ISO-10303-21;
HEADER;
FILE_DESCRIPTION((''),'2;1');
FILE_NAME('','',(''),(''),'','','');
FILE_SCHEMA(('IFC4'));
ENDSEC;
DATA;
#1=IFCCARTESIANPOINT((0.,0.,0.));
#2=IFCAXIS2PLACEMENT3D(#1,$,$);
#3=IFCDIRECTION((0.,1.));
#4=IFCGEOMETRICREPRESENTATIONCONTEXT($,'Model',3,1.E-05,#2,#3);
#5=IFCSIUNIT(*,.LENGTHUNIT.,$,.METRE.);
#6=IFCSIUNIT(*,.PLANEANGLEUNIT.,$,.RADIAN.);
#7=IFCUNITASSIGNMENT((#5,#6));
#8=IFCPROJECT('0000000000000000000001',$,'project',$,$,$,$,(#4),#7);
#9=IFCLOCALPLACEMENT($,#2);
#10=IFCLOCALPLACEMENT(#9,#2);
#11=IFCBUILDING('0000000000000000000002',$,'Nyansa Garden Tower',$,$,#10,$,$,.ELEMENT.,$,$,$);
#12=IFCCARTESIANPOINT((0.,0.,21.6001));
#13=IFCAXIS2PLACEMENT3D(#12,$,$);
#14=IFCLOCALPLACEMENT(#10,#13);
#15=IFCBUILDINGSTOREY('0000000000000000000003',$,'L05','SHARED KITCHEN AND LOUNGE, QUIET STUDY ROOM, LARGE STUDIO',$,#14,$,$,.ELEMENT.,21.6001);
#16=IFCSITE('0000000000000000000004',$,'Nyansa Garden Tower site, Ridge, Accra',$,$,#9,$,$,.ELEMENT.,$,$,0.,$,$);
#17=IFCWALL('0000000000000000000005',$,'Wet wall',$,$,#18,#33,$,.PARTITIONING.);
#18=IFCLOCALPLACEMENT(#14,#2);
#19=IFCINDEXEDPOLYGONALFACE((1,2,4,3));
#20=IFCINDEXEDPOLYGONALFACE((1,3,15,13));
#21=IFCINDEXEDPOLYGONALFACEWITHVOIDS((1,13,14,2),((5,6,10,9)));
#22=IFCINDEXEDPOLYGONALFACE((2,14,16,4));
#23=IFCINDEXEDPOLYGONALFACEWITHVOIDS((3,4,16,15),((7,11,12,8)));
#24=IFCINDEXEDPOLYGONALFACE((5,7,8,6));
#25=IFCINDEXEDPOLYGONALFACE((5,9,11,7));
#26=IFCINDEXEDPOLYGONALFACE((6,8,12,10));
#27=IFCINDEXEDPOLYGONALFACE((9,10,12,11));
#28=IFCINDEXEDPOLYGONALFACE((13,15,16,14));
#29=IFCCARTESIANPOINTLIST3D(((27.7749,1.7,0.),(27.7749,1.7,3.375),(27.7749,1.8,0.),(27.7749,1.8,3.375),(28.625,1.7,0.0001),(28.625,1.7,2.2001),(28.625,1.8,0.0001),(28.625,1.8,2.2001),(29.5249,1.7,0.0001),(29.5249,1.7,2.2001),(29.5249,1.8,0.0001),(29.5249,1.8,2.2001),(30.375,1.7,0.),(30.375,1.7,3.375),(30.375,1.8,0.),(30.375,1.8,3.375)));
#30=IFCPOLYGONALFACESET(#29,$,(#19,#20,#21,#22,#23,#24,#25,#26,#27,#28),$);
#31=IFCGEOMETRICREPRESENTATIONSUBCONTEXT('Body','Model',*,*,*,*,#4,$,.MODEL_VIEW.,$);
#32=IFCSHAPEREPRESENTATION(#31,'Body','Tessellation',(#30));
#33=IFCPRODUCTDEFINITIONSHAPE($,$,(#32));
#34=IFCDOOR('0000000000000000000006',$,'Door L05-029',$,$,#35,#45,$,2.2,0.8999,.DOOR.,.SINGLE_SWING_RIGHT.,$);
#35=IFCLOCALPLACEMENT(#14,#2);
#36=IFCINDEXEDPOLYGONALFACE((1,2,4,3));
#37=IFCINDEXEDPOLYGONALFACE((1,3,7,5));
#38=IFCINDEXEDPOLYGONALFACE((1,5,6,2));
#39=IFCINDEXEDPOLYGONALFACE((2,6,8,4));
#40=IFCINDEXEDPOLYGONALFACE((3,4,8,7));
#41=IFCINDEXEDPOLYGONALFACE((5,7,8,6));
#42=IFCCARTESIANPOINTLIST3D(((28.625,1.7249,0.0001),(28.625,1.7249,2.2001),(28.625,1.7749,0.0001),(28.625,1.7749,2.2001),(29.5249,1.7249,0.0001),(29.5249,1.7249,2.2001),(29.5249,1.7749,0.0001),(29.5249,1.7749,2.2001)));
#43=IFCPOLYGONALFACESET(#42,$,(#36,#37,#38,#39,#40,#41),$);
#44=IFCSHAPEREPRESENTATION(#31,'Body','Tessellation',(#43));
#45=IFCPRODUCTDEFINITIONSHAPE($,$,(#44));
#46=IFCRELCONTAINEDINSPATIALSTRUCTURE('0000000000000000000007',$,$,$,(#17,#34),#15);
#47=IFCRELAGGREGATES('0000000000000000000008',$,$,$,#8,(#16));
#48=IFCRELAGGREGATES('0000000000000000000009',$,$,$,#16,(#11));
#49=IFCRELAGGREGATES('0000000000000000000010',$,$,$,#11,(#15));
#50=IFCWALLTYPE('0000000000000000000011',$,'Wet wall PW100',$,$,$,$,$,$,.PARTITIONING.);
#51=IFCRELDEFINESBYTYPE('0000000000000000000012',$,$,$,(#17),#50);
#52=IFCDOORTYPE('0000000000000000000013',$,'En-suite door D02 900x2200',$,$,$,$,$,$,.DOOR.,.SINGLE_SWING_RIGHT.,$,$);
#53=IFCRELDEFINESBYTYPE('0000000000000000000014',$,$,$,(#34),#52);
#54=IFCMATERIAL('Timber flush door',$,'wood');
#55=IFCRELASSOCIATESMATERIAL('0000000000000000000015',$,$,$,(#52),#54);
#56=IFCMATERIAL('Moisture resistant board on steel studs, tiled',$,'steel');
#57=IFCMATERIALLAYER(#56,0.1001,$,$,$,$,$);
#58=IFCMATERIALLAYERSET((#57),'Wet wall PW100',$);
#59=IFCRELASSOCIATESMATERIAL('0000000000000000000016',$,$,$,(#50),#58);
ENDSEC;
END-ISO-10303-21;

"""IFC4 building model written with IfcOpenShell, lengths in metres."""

from ifc_helpers import new_model, si_unit, direction, frame, frame_2d, origin, place, context, subcontext, project, spatial, rectangle, extrude, material, layer, layer_set, type_object, element, fill, save


model = new_model("IFC4")

# Units and contexts
model_context = context("Model", 3, precision=1e-05, world=origin(), true_north=direction((0.0, 1.0)))
body_context = subcontext(model_context, "Body", "Model", "MODEL_VIEW")
ifc_project = project(units=[si_unit("LENGTHUNIT", "METRE"), si_unit("PLANEANGLEUNIT", "RADIAN")], contexts=[model_context])

# Site, building, storey
site_placement = place(None, origin())
site = spatial("IfcSite", under=ifc_project, at=site_placement, Name="Nyansa Garden Tower site, Ridge, Accra", CompositionType="ELEMENT", RefElevation=0.0)
building_placement = place(site_placement, origin())
building = spatial("IfcBuilding", under=site, at=building_placement, Name="Nyansa Garden Tower", CompositionType="ELEMENT")
storey_placement = place(building_placement, frame((0.0, 0.0, 21.6001)))
storey = spatial("IfcBuildingStorey", under=building, at=storey_placement, Name="L05", Description="SHARED KITCHEN AND LOUNGE, QUIET STUDY ROOM, LARGE STUDIO", CompositionType="ELEMENT", Elevation=21.6001)

# Shared definitions
ifc_material_1 = material(Name="Timber flush door", Category="wood")
door_type_1 = type_object("IfcDoorType", Name="En-suite door D02 900x2200", OperationType="SINGLE_SWING_RIGHT", PredefinedType="DOOR", material=ifc_material_1)

# Shared definitions
ifc_material_2 = material(Name="Moisture resistant board on steel studs, tiled", Category="steel")
ifc_layer_1 = layer(ifc_material_2, 0.1001)
ifc_layer_set_1 = layer_set([ifc_layer_1], Name="Wet wall PW100")
wall_type_1 = type_object("IfcWallType", Name="Wet wall PW100", PredefinedType="PARTITIONING", material=ifc_layer_set_1)

# Wall, opening, door
wall_1_placement = place(storey_placement, frame((27.7749, 1.75, 0.0), z_axis=(0.0, 0.0, 1.0), x_axis=(1.0, 0.0, 0.0)))
wall_1 = element("IfcWall", 1, at=wall_1_placement, inside=storey, type_object=wall_type_1, Name="Wet wall", PredefinedType="PARTITIONING", context=body_context, shape_type="SweptSolid", body=[
    extrude(rectangle(XDim=2.6001, YDim=0.1001, at=frame_2d((1.3, 0.0))), origin(), (0.0, 0.0, 1.0), 3.375),
])
opening_1_placement = place(wall_1_placement, frame((0.8501, 0.0, 0.0)))
opening_1 = element("IfcOpeningElement", 2, at=opening_1_placement, cuts=wall_1, PredefinedType="OPENING", context=body_context, shape_type="SweptSolid", body=[
    extrude(rectangle(XDim=0.8999, YDim=2.2, at=frame_2d((0.45, 1.1001))), frame((0.0, 0.0601, 0.0), z_axis=(0.0, -1.0, 0.0), x_axis=(1.0, 0.0, 0.0)), (0.0, 0.0, 1.0), 0.1201),
])
door_1_placement = place(opening_1_placement, origin())
door_1 = element("IfcDoor", 3, at=door_1_placement, inside=storey, type_object=door_type_1, Name="Door L05-029", OperationType="SINGLE_SWING_RIGHT", OverallHeight=2.2, OverallWidth=0.8999, PredefinedType="DOOR", context=body_context, shape_type="SweptSolid", body=[
    extrude(rectangle(XDim=0.8999, YDim=2.2, at=frame_2d((0.45, 1.1001))), frame((0.0, 0.0249, 0.0), z_axis=(0.0, -1.0, 0.0), x_axis=(1.0, 0.0, 0.0)), (0.0, 0.0, 1.0), 0.05),
])
fill(opening_1, door_1)

save(model, "model.ifc")
